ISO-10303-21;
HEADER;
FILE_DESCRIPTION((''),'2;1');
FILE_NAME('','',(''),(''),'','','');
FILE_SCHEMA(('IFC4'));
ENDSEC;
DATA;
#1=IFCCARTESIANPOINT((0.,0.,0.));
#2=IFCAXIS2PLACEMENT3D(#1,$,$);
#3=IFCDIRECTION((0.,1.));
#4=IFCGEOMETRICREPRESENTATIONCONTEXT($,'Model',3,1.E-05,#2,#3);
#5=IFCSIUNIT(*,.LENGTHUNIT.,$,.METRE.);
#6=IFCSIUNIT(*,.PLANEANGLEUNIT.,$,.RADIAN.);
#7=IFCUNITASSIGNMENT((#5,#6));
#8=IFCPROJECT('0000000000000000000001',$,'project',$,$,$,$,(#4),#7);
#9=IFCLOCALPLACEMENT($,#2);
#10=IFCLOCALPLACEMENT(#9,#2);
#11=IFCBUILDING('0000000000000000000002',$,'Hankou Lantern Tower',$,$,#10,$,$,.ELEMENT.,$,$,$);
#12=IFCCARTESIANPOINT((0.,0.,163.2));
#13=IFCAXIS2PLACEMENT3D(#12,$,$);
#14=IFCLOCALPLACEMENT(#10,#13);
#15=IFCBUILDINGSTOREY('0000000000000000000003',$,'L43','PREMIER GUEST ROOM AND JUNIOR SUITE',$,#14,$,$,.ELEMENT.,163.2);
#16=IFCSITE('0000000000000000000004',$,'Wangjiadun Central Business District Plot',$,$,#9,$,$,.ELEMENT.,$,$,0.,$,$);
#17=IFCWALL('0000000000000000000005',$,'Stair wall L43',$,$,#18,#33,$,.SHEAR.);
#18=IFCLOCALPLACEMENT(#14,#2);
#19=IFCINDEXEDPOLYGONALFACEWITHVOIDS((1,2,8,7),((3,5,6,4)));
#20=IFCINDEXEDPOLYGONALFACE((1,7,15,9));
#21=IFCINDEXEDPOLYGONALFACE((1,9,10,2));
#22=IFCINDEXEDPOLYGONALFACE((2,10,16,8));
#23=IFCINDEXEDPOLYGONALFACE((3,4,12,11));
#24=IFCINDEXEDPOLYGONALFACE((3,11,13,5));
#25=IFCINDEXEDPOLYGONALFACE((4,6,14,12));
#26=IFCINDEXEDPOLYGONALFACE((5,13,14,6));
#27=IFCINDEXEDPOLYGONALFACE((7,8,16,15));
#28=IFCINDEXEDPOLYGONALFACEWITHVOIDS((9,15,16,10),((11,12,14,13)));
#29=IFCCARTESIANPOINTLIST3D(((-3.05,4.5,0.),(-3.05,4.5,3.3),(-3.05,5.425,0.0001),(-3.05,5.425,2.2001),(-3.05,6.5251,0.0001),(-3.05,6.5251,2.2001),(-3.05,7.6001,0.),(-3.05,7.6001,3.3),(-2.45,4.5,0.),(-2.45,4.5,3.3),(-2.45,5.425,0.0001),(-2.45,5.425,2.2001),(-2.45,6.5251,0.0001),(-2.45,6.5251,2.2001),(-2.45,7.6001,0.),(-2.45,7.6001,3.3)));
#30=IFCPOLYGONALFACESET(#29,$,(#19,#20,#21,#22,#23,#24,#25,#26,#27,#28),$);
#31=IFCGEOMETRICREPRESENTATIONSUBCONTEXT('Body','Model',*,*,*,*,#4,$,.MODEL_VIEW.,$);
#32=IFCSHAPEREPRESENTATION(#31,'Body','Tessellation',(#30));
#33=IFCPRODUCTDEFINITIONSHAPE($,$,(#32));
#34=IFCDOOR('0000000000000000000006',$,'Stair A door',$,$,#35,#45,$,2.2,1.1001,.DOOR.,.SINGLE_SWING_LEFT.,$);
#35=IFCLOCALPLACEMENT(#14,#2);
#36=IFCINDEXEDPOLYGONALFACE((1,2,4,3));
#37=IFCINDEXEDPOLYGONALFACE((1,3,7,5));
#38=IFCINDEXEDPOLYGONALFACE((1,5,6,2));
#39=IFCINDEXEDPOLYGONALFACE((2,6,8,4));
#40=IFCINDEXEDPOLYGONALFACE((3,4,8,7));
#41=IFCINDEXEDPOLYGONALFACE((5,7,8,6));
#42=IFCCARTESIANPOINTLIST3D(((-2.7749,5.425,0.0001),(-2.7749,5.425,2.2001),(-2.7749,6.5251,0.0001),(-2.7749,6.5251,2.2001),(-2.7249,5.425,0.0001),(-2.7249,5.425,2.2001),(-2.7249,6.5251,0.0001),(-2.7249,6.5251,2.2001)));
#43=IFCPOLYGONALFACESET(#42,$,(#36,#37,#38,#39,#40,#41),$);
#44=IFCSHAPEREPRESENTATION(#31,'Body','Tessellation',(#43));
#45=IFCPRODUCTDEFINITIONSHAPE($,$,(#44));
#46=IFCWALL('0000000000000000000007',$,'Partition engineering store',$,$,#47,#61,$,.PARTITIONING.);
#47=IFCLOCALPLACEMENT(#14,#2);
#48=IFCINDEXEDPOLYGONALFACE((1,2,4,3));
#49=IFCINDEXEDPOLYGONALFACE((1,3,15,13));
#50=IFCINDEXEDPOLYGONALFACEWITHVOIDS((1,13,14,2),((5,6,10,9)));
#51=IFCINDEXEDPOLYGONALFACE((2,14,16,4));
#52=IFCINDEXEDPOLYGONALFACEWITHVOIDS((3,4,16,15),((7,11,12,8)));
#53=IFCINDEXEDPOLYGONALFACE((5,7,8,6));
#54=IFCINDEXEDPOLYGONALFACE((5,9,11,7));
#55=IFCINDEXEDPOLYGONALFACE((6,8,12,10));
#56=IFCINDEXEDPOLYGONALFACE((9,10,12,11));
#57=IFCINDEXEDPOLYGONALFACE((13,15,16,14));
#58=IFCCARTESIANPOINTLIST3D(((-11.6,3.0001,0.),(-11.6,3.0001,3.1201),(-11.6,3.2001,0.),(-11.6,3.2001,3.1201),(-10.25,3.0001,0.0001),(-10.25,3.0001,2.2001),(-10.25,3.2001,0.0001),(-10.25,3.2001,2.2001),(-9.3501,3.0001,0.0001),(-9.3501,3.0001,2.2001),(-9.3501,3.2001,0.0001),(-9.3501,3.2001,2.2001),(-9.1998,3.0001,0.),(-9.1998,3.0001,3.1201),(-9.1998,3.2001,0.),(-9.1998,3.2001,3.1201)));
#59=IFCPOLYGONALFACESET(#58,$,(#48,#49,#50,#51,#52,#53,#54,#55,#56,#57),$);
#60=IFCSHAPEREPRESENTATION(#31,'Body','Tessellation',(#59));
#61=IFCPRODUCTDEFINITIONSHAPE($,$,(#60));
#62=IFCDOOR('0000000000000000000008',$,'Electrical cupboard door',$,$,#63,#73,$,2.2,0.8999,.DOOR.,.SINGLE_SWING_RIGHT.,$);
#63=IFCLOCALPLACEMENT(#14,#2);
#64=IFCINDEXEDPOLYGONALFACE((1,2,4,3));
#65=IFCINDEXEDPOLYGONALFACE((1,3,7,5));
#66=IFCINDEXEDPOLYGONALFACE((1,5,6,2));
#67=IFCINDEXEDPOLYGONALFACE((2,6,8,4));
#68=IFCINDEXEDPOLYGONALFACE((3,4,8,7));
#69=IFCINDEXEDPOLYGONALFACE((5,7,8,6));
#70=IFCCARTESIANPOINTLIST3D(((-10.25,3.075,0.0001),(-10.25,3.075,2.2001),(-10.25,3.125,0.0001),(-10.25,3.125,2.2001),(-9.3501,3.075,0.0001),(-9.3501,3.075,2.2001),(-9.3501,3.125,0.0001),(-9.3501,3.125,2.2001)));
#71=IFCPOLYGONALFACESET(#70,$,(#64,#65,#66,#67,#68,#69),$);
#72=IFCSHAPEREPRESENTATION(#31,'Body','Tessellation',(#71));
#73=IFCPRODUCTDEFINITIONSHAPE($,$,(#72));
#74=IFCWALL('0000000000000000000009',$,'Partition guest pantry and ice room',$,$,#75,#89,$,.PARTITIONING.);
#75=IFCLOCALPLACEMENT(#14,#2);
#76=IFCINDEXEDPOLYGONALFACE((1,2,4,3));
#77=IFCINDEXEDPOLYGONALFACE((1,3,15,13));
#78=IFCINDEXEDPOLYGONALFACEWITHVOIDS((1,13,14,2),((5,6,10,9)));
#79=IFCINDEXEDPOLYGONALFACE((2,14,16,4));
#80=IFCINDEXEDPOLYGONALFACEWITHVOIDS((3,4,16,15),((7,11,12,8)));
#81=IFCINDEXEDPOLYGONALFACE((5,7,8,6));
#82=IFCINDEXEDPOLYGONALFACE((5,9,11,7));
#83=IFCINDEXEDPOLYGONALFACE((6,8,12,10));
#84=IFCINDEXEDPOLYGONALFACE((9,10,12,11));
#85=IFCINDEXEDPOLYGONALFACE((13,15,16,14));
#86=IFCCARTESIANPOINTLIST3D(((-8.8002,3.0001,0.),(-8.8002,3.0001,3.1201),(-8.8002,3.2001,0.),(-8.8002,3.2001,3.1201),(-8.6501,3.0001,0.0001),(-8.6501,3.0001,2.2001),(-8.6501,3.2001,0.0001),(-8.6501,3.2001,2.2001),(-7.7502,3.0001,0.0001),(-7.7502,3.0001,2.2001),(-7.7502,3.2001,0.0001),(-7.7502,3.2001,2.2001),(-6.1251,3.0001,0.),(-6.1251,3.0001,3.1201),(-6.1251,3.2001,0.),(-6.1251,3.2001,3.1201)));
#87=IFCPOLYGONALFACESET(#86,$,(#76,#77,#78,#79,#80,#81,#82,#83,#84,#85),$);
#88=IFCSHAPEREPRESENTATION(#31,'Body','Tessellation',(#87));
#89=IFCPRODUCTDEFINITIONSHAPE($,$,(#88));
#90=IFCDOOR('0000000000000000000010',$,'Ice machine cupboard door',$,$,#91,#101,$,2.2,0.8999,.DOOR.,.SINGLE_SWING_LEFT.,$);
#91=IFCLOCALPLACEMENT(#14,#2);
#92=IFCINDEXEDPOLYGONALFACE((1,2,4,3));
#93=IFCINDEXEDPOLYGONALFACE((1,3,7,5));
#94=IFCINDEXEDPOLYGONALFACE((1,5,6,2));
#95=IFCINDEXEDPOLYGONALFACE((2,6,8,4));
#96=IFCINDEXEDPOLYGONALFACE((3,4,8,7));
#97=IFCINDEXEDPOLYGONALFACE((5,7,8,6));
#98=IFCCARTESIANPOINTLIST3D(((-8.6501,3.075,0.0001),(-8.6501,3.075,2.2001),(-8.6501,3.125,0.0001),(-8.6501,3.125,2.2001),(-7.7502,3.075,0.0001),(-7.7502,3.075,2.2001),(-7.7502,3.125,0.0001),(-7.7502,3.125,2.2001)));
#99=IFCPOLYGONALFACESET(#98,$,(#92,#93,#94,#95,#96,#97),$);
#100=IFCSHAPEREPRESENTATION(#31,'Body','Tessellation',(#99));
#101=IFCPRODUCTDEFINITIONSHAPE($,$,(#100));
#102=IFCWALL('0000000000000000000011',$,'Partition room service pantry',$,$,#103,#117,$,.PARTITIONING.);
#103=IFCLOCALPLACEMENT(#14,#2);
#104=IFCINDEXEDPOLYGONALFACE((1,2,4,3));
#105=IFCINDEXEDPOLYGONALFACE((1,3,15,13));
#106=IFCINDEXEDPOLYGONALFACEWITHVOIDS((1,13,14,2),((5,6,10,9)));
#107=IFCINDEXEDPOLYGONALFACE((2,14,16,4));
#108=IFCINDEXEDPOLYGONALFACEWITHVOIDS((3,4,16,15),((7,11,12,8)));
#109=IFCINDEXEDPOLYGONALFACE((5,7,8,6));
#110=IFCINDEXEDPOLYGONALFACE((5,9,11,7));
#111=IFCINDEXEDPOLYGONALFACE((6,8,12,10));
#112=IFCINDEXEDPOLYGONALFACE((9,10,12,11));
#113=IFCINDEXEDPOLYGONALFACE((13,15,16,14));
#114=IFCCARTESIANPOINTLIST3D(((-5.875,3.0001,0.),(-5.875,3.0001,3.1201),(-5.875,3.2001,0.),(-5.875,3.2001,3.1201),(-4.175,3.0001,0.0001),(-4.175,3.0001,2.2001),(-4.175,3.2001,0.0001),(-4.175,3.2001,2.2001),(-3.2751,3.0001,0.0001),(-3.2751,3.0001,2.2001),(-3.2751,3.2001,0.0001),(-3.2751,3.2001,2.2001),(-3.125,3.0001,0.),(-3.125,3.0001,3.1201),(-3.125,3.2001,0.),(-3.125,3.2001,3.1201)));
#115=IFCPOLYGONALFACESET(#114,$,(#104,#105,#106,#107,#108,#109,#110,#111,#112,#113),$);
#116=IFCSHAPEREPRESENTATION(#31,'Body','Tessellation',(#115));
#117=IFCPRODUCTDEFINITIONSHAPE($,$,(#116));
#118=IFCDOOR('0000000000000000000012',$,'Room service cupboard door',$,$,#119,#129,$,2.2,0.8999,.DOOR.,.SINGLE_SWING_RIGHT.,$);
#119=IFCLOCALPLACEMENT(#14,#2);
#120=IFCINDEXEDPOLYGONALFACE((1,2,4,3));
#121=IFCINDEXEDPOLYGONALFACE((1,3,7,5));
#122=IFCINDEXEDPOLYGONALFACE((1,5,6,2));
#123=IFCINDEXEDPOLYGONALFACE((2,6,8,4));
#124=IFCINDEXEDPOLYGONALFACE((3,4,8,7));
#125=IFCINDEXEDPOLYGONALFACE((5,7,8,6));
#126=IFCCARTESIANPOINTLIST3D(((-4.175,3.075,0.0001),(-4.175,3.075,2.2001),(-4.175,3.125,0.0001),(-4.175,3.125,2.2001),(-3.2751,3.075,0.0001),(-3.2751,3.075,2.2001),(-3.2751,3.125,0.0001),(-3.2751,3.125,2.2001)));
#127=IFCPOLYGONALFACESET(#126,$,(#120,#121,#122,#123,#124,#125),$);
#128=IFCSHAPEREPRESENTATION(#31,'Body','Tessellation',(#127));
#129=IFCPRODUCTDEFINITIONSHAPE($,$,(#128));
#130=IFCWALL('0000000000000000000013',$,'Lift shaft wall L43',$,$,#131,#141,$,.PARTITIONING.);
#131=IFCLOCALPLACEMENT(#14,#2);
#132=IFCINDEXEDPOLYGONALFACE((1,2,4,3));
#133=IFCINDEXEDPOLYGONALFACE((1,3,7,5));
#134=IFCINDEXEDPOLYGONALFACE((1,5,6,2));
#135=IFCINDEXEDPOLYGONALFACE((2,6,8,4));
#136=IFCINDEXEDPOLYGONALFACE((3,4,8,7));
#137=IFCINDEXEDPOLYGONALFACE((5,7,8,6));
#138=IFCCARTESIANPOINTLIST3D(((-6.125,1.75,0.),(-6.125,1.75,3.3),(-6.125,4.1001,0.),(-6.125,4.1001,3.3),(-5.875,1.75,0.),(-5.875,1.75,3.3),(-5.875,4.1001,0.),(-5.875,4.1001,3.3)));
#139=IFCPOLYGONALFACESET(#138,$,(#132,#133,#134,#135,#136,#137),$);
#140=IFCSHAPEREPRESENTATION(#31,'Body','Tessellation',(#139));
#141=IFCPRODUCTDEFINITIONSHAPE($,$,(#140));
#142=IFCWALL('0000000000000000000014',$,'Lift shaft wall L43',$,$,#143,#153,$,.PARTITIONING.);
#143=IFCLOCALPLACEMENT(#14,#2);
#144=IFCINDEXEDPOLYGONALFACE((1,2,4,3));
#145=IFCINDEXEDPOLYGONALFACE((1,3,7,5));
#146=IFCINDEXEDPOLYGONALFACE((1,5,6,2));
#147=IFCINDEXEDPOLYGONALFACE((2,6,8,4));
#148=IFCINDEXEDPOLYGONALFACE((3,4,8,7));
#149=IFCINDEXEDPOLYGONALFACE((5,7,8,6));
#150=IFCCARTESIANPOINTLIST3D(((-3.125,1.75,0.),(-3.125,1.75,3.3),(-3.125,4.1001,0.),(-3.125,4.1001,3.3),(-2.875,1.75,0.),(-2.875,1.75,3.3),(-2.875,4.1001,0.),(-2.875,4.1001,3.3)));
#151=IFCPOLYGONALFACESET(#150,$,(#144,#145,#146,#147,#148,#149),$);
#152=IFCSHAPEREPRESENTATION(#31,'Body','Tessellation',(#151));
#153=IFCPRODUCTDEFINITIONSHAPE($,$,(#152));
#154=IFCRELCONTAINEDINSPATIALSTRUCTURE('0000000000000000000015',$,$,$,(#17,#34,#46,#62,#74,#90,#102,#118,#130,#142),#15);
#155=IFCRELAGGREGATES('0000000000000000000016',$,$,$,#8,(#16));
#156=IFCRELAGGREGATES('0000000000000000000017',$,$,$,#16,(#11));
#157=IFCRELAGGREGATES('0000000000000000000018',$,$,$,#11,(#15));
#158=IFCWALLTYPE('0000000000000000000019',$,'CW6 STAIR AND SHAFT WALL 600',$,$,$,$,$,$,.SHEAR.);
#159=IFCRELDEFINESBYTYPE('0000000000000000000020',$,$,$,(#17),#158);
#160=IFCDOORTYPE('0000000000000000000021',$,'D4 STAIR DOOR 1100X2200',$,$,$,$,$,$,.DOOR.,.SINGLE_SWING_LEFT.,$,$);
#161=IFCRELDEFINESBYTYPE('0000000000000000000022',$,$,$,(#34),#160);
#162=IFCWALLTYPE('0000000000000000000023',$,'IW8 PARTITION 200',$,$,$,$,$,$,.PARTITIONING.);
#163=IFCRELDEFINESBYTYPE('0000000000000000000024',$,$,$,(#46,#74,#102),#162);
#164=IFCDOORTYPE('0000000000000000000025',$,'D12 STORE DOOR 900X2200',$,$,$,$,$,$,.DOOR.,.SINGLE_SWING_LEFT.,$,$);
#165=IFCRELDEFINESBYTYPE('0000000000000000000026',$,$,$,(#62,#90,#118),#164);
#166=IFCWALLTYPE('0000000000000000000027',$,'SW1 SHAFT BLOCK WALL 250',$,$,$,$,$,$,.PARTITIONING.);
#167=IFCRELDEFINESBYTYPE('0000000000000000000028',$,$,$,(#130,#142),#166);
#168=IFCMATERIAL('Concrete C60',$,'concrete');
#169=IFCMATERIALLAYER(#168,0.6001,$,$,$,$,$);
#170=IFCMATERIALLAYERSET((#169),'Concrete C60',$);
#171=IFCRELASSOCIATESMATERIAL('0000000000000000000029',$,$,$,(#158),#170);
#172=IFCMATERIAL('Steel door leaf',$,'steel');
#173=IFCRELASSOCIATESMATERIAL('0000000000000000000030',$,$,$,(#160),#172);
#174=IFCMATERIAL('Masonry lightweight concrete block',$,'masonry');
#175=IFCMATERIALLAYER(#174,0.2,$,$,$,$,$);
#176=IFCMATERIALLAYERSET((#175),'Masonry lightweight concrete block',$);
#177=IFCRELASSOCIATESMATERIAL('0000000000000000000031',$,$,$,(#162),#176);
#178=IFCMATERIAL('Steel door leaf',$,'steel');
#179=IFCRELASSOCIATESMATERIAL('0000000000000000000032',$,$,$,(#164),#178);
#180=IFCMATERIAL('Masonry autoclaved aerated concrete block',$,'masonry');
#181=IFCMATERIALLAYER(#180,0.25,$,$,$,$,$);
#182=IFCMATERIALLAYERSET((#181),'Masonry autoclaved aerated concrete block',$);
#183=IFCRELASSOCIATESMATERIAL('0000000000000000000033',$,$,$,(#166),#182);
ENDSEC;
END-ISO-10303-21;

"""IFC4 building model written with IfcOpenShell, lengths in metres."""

from ifc_helpers import new_model, si_unit, direction, frame, frame_2d, origin, place, context, subcontext, project, spatial, rectangle, extrude, material, layer, layer_set, type_object, element, fill, save


model = new_model("IFC4")

# Units and contexts
model_context = context("Model", 3, precision=1e-05, world=origin(), true_north=direction((0.0, 1.0)))
body_context = subcontext(model_context, "Body", "Model", "MODEL_VIEW")
ifc_project = project(units=[si_unit("LENGTHUNIT", "METRE"), si_unit("PLANEANGLEUNIT", "RADIAN")], contexts=[model_context])

# Site, building, storey
site_placement = place(None, origin())
site = spatial("IfcSite", under=ifc_project, at=site_placement, Name="Wangjiadun Central Business District Plot", CompositionType="ELEMENT", RefElevation=0.0)
building_placement = place(site_placement, origin())
building = spatial("IfcBuilding", under=site, at=building_placement, Name="Hankou Lantern Tower", CompositionType="ELEMENT")
storey_placement = place(building_placement, frame((0.0, 0.0, 163.2)))
storey = spatial("IfcBuildingStorey", under=building, at=storey_placement, Name="L43", Description="PREMIER GUEST ROOM AND JUNIOR SUITE", CompositionType="ELEMENT", Elevation=163.2)

# Walls, openings, doors
ifc_material_1 = material(Name="Concrete C60", Category="concrete")
ifc_layer_1 = layer(ifc_material_1, 0.6001)
ifc_layer_set_1 = layer_set([ifc_layer_1], Name="Concrete C60")
wall_type_1 = type_object("IfcWallType", Name="CW6 STAIR AND SHAFT WALL 600", PredefinedType="SHEAR", material=ifc_layer_set_1)
wall_1_placement = place(storey_placement, frame((-2.75, 4.5, 0.0), z_axis=(0.0, 0.0, 1.0), x_axis=(0.0, 1.0, 0.0)))
wall_1 = element("IfcWall", 1, at=wall_1_placement, inside=storey, type_object=wall_type_1, Name="Stair wall L43", PredefinedType="SHEAR", context=body_context, shape_type="SweptSolid", body=[
    extrude(rectangle(XDim=3.1001, YDim=0.6001, at=frame_2d((1.55, 0.0))), origin(), (0.0, 0.0, 1.0), 3.3),
])
opening_1_placement = place(wall_1_placement, frame((0.925, 0.0, 0.0)))
opening_1 = element("IfcOpeningElement", 2, at=opening_1_placement, cuts=wall_1, PredefinedType="OPENING", context=body_context, shape_type="SweptSolid", body=[
    extrude(rectangle(XDim=1.1001, YDim=2.2, at=frame_2d((0.55, 1.1001))), frame((0.0, 0.3101, 0.0), z_axis=(0.0, -1.0, 0.0), x_axis=(1.0, 0.0, 0.0)), (0.0, 0.0, 1.0), 0.6201),
])
ifc_material_2 = material(Name="Steel door leaf", Category="steel")
door_type_1 = type_object("IfcDoorType", Name="D4 STAIR DOOR 1100X2200", OperationType="SINGLE_SWING_LEFT", PredefinedType="DOOR", material=ifc_material_2)
door_1_placement = place(opening_1_placement, origin())
door_1 = element("IfcDoor", 3, at=door_1_placement, inside=storey, type_object=door_type_1, Name="Stair A door", OperationType="SINGLE_SWING_LEFT", OverallHeight=2.2, OverallWidth=1.1001, PredefinedType="DOOR", context=body_context, shape_type="SweptSolid", body=[
    extrude(rectangle(XDim=1.1001, YDim=2.2, at=frame_2d((0.55, 1.1001))), frame((0.0, 0.0249, 0.0), z_axis=(0.0, -1.0, 0.0), x_axis=(1.0, 0.0, 0.0)), (0.0, 0.0, 1.0), 0.05),
])
fill(opening_1, door_1)
ifc_material_3 = material(Name="Masonry lightweight concrete block", Category="masonry")
ifc_layer_2 = layer(ifc_material_3, 0.2)
ifc_layer_set_2 = layer_set([ifc_layer_2], Name="Masonry lightweight concrete block")
wall_type_2 = type_object("IfcWallType", Name="IW8 PARTITION 200", PredefinedType="PARTITIONING", material=ifc_layer_set_2)
wall_2_placement = place(storey_placement, frame((-11.6001, 3.1001, 0.0), z_axis=(0.0, 0.0, 1.0), x_axis=(1.0, 0.0, 0.0)))
wall_2 = element("IfcWall", 4, at=wall_2_placement, inside=storey, type_object=wall_type_2, Name="Partition engineering store", PredefinedType="PARTITIONING", context=body_context, shape_type="SweptSolid", body=[
    extrude(rectangle(XDim=2.4001, YDim=0.2, at=frame_2d((1.2002, 0.0))), origin(), (0.0, 0.0, 1.0), 3.1201),
])
opening_2_placement = place(wall_2_placement, frame((1.3501, 0.0, 0.0)))
opening_2 = element("IfcOpeningElement", 5, at=opening_2_placement, cuts=wall_2, PredefinedType="OPENING", context=body_context, shape_type="SweptSolid", body=[
    extrude(rectangle(XDim=0.8999, YDim=2.2, at=frame_2d((0.45, 1.1001))), frame((0.0, 0.1099, 0.0), z_axis=(0.0, -1.0, 0.0), x_axis=(1.0, 0.0, 0.0)), (0.0, 0.0, 1.0), 0.22),
])
ifc_material_4 = material(Name="Steel door leaf", Category="steel")
door_type_2 = type_object("IfcDoorType", Name="D12 STORE DOOR 900X2200", OperationType="SINGLE_SWING_LEFT", PredefinedType="DOOR", material=ifc_material_4)
door_2_placement = place(opening_2_placement, origin())
door_2 = element("IfcDoor", 6, at=door_2_placement, inside=storey, type_object=door_type_2, Name="Electrical cupboard door", OperationType="SINGLE_SWING_RIGHT", OverallHeight=2.2, OverallWidth=0.8999, PredefinedType="DOOR", context=body_context, shape_type="SweptSolid", body=[
    extrude(rectangle(XDim=0.8999, YDim=2.2, at=frame_2d((0.45, 1.1001))), frame((0.0, 0.0249, 0.0), z_axis=(0.0, -1.0, 0.0), x_axis=(1.0, 0.0, 0.0)), (0.0, 0.0, 1.0), 0.05),
])
fill(opening_2, door_2)
wall_3_placement = place(storey_placement, frame((-8.8, 3.1001, 0.0), z_axis=(0.0, 0.0, 1.0), x_axis=(1.0, 0.0, 0.0)))
wall_3 = element("IfcWall", 7, at=wall_3_placement, inside=storey, type_object=wall_type_2, Name="Partition guest pantry and ice room", PredefinedType="PARTITIONING", context=body_context, shape_type="SweptSolid", body=[
    extrude(rectangle(XDim=2.675, YDim=0.2, at=frame_2d((1.3374, 0.0))), origin(), (0.0, 0.0, 1.0), 3.1201),
])
opening_3_placement = place(wall_3_placement, frame((0.1499, 0.0, 0.0)))
opening_3 = element("IfcOpeningElement", 8, at=opening_3_placement, cuts=wall_3, PredefinedType="OPENING", context=body_context, shape_type="SweptSolid", body=[
    extrude(rectangle(XDim=0.8999, YDim=2.2, at=frame_2d((0.45, 1.1001))), frame((0.0, 0.1099, 0.0), z_axis=(0.0, -1.0, 0.0), x_axis=(1.0, 0.0, 0.0)), (0.0, 0.0, 1.0), 0.22),
])
door_3_placement = place(opening_3_placement, origin())
door_3 = element("IfcDoor", 9, at=door_3_placement, inside=storey, type_object=door_type_2, Name="Ice machine cupboard door", OperationType="SINGLE_SWING_LEFT", OverallHeight=2.2, OverallWidth=0.8999, PredefinedType="DOOR", context=body_context, shape_type="SweptSolid", body=[
    extrude(rectangle(XDim=0.8999, YDim=2.2, at=frame_2d((0.45, 1.1001))), frame((0.0, 0.0249, 0.0), z_axis=(0.0, -1.0, 0.0), x_axis=(1.0, 0.0, 0.0)), (0.0, 0.0, 1.0), 0.05),
])
fill(opening_3, door_3)
wall_4_placement = place(storey_placement, frame((-5.875, 3.1001, 0.0), z_axis=(0.0, 0.0, 1.0), x_axis=(1.0, 0.0, 0.0)))
wall_4 = element("IfcWall", 10, at=wall_4_placement, inside=storey, type_object=wall_type_2, Name="Partition room service pantry", PredefinedType="PARTITIONING", context=body_context, shape_type="SweptSolid", body=[
    extrude(rectangle(XDim=2.75, YDim=0.2, at=frame_2d((1.375, 0.0))), origin(), (0.0, 0.0, 1.0), 3.1201),
])
opening_4_placement = place(wall_4_placement, frame((1.7, 0.0, 0.0)))
opening_4 = element("IfcOpeningElement", 11, at=opening_4_placement, cuts=wall_4, PredefinedType="OPENING", context=body_context, shape_type="SweptSolid", body=[
    extrude(rectangle(XDim=0.8999, YDim=2.2, at=frame_2d((0.45, 1.1001))), frame((0.0, 0.1099, 0.0), z_axis=(0.0, -1.0, 0.0), x_axis=(1.0, 0.0, 0.0)), (0.0, 0.0, 1.0), 0.22),
])
door_4_placement = place(opening_4_placement, origin())
door_4 = element("IfcDoor", 12, at=door_4_placement, inside=storey, type_object=door_type_2, Name="Room service cupboard door", OperationType="SINGLE_SWING_RIGHT", OverallHeight=2.2, OverallWidth=0.8999, PredefinedType="DOOR", context=body_context, shape_type="SweptSolid", body=[
    extrude(rectangle(XDim=0.8999, YDim=2.2, at=frame_2d((0.45, 1.1001))), frame((0.0, 0.0249, 0.0), z_axis=(0.0, -1.0, 0.0), x_axis=(1.0, 0.0, 0.0)), (0.0, 0.0, 1.0), 0.05),
])
fill(opening_4, door_4)

# Walls
ifc_material_5 = material(Name="Masonry autoclaved aerated concrete block", Category="masonry")
ifc_layer_3 = layer(ifc_material_5, 0.25)
ifc_layer_set_3 = layer_set([ifc_layer_3], Name="Masonry autoclaved aerated concrete block")
wall_type_3 = type_object("IfcWallType", Name="SW1 SHAFT BLOCK WALL 250", PredefinedType="PARTITIONING", material=ifc_layer_set_3)
for number, where, z_axis, x_axis, name in (
    (13, (-6.0, 1.75, 0.0), (0.0, 0.0, 1.0), (0.0, 1.0, 0.0), "Lift shaft wall L43"),
    (14, (-3.0, 1.75, 0.0), (0.0, 0.0, 1.0), (0.0, 1.0, 0.0), "Lift shaft wall L43"),
):
    element("IfcWall", number, at=place(storey_placement, frame(where, z_axis=z_axis, x_axis=x_axis)), inside=storey, type_object=wall_type_3, Name=name, PredefinedType="PARTITIONING", context=body_context, shape_type="SweptSolid", body=[
        extrude(rectangle(XDim=2.3501, YDim=0.25, at=frame_2d((1.175, 0.0))), origin(), (0.0, 0.0, 1.0), 3.3),
    ])

save(model, "model.ifc")
